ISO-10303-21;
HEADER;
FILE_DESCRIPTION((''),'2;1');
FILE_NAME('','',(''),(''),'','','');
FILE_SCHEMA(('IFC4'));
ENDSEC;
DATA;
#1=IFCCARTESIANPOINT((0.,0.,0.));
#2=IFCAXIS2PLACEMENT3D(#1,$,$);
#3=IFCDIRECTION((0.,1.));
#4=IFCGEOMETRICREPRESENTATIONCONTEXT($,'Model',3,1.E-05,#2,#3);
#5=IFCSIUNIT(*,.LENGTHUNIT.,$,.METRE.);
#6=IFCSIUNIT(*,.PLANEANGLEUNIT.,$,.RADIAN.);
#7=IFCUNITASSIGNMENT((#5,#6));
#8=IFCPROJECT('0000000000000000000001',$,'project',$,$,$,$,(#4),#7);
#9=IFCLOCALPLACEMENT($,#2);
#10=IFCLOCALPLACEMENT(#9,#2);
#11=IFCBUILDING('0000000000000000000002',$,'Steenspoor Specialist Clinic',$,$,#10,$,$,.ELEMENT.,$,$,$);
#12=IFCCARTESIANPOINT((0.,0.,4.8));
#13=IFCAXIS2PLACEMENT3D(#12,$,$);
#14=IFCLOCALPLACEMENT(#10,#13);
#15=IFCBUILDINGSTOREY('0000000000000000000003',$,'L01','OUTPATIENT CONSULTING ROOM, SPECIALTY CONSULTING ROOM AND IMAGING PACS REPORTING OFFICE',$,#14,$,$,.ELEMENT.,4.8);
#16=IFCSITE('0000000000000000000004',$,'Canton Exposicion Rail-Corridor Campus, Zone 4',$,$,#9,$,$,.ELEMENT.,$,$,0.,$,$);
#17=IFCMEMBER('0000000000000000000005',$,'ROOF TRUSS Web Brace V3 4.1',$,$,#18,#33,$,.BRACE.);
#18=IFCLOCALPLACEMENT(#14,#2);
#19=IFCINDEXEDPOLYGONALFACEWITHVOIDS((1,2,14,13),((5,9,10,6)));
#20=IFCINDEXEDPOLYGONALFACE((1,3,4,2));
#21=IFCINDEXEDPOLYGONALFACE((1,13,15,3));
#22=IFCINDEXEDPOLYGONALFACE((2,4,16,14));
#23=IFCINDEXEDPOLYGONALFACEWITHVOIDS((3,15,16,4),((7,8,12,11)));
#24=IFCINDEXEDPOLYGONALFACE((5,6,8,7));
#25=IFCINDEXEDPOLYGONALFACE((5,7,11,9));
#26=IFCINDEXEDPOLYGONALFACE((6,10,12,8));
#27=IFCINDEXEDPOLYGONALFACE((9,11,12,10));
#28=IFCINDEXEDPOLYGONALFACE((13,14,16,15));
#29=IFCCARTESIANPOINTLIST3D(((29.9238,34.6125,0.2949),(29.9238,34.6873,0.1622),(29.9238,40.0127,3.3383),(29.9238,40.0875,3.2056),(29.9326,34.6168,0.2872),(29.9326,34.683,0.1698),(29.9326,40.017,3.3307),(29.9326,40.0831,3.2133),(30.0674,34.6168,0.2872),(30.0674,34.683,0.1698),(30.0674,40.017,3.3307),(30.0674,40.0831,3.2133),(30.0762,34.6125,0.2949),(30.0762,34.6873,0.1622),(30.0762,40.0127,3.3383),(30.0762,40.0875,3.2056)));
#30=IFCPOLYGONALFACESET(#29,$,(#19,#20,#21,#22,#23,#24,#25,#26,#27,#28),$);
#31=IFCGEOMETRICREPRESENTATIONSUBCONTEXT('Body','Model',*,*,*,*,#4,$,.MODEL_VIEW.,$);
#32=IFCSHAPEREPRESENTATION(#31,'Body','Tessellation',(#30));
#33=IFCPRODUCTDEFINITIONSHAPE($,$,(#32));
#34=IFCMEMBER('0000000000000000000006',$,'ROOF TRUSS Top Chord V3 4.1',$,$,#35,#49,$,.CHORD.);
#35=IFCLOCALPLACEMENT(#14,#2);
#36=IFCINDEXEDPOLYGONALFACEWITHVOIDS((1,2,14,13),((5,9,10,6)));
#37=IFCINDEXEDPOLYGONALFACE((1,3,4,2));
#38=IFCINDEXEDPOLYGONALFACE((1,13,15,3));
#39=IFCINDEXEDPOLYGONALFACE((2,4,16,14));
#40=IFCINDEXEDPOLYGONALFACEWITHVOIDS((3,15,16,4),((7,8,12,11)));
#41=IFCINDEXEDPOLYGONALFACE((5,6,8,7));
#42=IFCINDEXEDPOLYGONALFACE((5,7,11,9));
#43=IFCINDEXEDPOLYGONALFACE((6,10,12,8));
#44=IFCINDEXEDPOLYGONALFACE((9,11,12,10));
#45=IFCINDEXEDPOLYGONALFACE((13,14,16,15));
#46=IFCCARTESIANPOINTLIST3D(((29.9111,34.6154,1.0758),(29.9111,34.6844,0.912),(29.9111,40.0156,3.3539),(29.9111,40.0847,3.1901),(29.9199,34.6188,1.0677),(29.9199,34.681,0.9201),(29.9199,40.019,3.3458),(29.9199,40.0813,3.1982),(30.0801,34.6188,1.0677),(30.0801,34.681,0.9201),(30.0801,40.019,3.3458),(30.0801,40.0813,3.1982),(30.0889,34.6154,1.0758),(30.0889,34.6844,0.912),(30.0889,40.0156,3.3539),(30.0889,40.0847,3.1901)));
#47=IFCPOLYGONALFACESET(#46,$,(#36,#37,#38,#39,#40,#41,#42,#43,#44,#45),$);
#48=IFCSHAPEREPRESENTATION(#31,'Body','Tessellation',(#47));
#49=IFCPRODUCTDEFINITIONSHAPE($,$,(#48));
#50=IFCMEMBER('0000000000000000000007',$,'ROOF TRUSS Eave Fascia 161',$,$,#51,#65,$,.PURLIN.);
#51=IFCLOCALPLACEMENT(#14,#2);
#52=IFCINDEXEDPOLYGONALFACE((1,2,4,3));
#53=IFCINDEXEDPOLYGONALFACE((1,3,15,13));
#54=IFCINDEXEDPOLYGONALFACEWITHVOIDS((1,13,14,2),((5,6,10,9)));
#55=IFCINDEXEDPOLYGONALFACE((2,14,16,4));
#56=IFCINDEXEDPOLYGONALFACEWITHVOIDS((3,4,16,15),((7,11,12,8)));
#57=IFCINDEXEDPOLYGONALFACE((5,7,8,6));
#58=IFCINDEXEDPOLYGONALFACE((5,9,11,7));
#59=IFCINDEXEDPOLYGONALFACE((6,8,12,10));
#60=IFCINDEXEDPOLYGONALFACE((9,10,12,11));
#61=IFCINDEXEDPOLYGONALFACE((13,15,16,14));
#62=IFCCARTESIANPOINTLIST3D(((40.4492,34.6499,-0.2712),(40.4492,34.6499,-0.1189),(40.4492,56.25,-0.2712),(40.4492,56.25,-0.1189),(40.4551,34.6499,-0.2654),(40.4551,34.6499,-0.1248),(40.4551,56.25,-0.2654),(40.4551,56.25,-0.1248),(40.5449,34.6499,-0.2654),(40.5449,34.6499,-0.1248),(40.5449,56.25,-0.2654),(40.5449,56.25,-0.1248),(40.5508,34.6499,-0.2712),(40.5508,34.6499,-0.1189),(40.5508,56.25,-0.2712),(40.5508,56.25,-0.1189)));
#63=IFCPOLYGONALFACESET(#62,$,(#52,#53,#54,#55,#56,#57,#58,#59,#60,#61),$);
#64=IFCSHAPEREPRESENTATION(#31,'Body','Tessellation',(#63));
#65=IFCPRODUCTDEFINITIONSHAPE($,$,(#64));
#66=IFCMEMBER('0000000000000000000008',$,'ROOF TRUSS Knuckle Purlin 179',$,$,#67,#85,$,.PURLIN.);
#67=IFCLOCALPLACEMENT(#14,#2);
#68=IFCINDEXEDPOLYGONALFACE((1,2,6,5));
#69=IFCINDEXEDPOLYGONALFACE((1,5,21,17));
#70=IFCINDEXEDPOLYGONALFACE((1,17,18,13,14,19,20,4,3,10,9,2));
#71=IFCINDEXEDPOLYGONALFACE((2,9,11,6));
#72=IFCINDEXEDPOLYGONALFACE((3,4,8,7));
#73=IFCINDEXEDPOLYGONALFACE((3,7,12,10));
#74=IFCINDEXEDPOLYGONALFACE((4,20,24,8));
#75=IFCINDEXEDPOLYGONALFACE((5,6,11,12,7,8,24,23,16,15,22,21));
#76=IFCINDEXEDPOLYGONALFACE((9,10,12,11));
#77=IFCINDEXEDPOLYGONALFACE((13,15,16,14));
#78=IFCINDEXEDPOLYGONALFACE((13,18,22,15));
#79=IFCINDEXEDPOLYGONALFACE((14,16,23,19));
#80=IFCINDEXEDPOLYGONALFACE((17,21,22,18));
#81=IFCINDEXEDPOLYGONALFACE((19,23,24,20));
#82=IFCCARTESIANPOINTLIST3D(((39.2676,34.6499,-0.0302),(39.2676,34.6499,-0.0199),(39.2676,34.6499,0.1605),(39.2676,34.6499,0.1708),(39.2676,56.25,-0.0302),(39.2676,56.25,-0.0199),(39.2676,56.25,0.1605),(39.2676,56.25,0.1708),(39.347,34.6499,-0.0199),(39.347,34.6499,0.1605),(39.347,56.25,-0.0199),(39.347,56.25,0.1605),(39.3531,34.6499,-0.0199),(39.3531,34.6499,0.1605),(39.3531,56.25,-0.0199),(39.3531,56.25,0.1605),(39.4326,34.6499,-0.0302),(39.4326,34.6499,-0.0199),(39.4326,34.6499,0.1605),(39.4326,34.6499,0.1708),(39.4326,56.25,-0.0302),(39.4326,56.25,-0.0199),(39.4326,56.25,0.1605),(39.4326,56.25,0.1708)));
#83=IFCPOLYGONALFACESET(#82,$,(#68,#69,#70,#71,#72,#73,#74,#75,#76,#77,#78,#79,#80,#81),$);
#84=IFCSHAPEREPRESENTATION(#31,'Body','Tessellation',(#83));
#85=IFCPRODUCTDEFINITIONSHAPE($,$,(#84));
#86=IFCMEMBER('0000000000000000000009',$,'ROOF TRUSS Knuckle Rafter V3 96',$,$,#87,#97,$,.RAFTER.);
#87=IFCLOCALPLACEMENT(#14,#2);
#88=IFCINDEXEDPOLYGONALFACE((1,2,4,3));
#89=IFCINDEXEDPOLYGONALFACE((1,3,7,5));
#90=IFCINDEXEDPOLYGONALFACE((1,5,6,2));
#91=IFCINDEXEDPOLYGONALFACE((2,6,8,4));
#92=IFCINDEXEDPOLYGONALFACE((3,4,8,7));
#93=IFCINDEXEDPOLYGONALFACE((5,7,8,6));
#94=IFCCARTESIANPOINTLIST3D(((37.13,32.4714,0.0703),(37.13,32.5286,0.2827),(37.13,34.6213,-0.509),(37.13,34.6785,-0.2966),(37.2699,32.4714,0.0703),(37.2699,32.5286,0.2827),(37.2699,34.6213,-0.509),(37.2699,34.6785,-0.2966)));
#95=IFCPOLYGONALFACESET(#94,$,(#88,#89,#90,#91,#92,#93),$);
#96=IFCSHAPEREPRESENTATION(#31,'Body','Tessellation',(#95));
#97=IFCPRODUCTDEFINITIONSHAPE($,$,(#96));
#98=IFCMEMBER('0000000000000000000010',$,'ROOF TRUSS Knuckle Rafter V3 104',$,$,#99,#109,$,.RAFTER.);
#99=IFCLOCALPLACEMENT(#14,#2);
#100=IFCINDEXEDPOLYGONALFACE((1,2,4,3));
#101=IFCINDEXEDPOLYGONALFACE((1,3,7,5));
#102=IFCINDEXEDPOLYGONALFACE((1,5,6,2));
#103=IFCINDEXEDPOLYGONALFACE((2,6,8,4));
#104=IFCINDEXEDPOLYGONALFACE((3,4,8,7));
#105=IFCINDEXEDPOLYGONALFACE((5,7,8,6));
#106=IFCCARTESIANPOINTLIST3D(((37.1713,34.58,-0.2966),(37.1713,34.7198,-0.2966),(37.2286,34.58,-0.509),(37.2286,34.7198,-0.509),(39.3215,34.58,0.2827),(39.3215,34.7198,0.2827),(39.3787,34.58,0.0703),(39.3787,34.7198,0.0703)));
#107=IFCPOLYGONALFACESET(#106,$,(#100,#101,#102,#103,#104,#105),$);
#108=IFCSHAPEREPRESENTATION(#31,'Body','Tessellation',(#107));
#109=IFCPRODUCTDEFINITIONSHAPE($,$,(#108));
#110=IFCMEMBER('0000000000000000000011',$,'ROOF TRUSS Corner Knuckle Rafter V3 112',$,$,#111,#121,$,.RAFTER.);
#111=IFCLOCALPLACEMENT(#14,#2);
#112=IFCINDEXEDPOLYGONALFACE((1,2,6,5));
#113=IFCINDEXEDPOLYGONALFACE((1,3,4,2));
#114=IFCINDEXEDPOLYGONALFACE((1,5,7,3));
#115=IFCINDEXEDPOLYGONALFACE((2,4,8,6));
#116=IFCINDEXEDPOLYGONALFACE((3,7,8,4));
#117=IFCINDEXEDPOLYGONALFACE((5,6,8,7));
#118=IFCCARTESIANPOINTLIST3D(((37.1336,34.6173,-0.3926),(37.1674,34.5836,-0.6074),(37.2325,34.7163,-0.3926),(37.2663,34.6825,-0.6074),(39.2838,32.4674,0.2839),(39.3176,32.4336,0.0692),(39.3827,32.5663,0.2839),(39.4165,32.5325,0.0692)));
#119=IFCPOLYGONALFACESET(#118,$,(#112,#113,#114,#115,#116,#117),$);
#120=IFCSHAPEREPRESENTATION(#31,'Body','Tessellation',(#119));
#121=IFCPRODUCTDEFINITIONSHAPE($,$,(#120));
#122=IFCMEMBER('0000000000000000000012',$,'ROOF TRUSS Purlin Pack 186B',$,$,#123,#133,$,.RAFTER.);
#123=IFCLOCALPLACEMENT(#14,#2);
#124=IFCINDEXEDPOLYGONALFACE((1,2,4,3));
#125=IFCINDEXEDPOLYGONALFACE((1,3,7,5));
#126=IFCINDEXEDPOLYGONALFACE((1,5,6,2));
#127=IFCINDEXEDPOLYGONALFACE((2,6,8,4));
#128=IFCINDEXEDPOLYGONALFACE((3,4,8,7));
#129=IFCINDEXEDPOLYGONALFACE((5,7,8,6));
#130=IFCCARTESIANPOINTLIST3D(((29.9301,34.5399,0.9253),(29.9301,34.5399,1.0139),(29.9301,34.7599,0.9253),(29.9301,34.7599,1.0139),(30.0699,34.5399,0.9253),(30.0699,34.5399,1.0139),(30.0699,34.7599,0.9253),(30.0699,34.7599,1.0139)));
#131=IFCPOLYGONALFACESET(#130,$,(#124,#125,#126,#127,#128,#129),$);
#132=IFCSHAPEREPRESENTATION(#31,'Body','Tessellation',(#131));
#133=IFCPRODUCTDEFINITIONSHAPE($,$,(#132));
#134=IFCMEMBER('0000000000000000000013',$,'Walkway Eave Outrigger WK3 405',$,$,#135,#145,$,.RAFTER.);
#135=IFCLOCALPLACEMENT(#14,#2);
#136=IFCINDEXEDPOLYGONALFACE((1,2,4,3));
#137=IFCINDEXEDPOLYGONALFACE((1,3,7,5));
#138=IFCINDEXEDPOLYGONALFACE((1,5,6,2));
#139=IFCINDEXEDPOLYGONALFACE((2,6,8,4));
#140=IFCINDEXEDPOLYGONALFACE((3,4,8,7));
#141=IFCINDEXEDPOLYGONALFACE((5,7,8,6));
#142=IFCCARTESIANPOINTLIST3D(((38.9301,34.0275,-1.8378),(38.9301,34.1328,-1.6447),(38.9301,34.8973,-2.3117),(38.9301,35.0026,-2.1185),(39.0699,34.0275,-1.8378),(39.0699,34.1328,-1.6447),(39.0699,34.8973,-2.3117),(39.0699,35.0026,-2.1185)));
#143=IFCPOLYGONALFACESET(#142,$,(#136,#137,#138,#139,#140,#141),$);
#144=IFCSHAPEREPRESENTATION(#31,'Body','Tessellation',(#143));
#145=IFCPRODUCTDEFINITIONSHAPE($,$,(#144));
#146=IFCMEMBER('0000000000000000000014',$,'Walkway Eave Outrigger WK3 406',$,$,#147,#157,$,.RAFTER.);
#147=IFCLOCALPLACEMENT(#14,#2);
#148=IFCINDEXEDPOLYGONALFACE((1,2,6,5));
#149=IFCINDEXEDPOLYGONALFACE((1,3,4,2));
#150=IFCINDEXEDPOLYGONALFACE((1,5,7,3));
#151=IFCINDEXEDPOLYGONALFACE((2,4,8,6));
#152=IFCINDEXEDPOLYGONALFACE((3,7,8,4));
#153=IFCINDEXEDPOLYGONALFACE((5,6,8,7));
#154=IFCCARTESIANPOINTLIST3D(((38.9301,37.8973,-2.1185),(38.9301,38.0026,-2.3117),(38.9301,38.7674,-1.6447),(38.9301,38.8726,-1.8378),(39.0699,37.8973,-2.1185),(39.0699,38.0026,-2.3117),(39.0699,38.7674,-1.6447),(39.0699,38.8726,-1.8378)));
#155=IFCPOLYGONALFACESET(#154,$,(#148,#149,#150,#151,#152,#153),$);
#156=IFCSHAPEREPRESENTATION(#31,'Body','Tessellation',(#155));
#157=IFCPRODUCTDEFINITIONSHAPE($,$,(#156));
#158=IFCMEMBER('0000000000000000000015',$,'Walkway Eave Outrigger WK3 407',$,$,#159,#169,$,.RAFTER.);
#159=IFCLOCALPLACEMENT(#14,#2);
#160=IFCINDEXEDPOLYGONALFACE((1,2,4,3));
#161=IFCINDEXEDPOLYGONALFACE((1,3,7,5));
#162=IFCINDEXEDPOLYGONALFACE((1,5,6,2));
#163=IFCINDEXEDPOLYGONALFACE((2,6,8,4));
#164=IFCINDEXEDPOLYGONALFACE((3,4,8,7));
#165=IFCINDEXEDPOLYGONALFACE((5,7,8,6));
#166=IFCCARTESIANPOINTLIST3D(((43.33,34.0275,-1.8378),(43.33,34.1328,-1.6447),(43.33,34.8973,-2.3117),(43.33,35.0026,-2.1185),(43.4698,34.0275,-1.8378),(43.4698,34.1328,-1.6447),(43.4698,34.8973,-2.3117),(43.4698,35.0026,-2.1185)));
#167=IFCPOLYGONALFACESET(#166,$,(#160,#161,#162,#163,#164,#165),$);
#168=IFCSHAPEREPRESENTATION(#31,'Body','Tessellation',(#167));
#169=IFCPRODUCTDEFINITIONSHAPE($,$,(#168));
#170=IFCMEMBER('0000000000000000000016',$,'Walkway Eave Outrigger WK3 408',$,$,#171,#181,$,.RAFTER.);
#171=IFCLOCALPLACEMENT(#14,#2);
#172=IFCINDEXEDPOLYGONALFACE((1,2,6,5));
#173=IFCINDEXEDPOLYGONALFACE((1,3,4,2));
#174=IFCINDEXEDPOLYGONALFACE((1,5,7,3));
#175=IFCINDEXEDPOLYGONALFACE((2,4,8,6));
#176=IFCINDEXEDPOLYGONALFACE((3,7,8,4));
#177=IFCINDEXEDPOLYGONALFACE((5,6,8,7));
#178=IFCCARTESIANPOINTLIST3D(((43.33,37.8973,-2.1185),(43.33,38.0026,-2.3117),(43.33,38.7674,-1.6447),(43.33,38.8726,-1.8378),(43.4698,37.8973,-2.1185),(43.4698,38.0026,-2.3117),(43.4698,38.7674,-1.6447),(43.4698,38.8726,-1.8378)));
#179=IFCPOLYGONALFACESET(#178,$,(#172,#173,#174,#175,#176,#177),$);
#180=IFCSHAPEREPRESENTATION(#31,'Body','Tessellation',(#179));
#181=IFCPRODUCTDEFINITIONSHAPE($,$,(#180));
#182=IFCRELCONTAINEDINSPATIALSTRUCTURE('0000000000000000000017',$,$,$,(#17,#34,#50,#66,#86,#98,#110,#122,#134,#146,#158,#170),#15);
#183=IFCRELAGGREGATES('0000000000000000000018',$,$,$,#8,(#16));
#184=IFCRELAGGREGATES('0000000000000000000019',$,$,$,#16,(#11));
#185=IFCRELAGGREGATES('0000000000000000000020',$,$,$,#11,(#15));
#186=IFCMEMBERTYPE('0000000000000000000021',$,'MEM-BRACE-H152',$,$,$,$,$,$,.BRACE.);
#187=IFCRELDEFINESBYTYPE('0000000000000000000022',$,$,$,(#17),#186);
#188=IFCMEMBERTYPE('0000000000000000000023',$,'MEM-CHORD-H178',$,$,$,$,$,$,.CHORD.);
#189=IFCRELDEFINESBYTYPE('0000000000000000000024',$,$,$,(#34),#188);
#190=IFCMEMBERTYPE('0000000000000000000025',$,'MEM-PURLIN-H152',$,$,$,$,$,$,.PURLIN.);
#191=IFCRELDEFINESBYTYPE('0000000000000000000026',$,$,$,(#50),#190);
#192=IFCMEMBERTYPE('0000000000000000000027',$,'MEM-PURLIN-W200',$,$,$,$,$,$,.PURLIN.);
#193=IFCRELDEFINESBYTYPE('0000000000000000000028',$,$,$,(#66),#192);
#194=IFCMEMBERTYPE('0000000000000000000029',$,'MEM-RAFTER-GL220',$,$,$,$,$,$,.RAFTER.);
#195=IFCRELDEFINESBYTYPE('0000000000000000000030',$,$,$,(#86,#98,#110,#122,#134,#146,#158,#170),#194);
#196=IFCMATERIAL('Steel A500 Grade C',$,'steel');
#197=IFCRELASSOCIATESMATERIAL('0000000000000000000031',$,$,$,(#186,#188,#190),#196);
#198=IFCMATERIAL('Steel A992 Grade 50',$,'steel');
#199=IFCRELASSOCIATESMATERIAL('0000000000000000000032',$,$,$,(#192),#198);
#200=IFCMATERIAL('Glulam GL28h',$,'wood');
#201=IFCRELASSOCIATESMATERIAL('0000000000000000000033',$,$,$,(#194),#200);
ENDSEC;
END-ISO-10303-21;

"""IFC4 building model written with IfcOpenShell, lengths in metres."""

from ifc_helpers import new_model, si_unit, direction, frame, origin, origin_2d, place, context, subcontext, project, spatial, rectangle, hollow_rectangle, i_section, extrude, material, material_profile, profile_set, type_object, element, save


model = new_model("IFC4")

# Units and contexts
model_context = context("Model", 3, precision=1e-05, world=origin(), true_north=direction((0.0, 1.0)))
body_context = subcontext(model_context, "Body", "Model", "MODEL_VIEW")
ifc_project = project(units=[si_unit("LENGTHUNIT", "METRE"), si_unit("PLANEANGLEUNIT", "RADIAN")], contexts=[model_context])

# Site, building, storey
site_placement = place(None, origin())
site = spatial("IfcSite", under=ifc_project, at=site_placement, Name="Canton Exposicion Rail-Corridor Campus, Zone 4", CompositionType="ELEMENT", RefElevation=0.0)
building_placement = place(site_placement, origin())
building = spatial("IfcBuilding", under=site, at=building_placement, Name="Steenspoor Specialist Clinic", CompositionType="ELEMENT")
storey_placement = place(building_placement, frame((0.0, 0.0, 4.8)))
storey = spatial("IfcBuildingStorey", under=building, at=storey_placement, Name="L01", Description="OUTPATIENT CONSULTING ROOM, SPECIALTY CONSULTING ROOM AND IMAGING PACS REPORTING OFFICE", CompositionType="ELEMENT", Elevation=4.8)

# Members
ifc_material_1 = material(Name="Steel A500 Grade C", Category="steel")
ifc_material_profile_1 = material_profile(ifc_material_1, hollow_rectangle(XDim=0.1523, YDim=0.1523, WallThickness=0.0088, at=origin_2d()), Name="HSS152X152X9.5")
ifc_profile_set_1 = profile_set([ifc_material_profile_1], Name="Steel A500 Grade C")
member_type_1 = type_object("IfcMemberType", Name="MEM-BRACE-H152", PredefinedType="BRACE", material=ifc_profile_set_1)
member_1_placement = place(storey_placement, frame((30.0, 34.6499, 0.2285), z_axis=(0.0, 0.87117, 0.490981), x_axis=(-1.0, 0.0, 0.0)))
element("IfcMember", 1, at=member_1_placement, inside=storey, type_object=member_type_1, Name="ROOF TRUSS Web Brace V3 4.1", PredefinedType="BRACE", context=body_context, shape_type="SweptSolid", body=[
    extrude(hollow_rectangle(XDim=0.1523, YDim=0.1523, WallThickness=0.0088, at=origin_2d()), origin(), (0.0, 0.0, 1.0), 6.1987),
])
ifc_material_profile_2 = material_profile(ifc_material_1, hollow_rectangle(XDim=0.1777, YDim=0.1777, WallThickness=0.0088, at=origin_2d()), Name="HSS178X178X9.5")
ifc_profile_set_2 = profile_set([ifc_material_profile_2], Name="Steel A500 Grade C")
member_type_2 = type_object("IfcMemberType", Name="MEM-CHORD-H178", PredefinedType="CHORD", material=ifc_profile_set_2)
member_2_placement = place(storey_placement, frame((30.0, 34.6499, 0.9939), z_axis=(0.0, 0.921371, 0.388684), x_axis=(-1.0, 0.0, 0.0)))
element("IfcMember", 2, at=member_2_placement, inside=storey, type_object=member_type_2, Name="ROOF TRUSS Top Chord V3 4.1", PredefinedType="CHORD", context=body_context, shape_type="SweptSolid", body=[
    extrude(hollow_rectangle(XDim=0.1777, YDim=0.1777, WallThickness=0.0088, at=origin_2d()), origin(), (0.0, 0.0, 1.0), 5.8611),
])
ifc_material_profile_3 = material_profile(ifc_material_1, hollow_rectangle(XDim=0.1016, YDim=0.1523, WallThickness=0.0059, at=origin_2d()), Name="HSS152X102X6.4")
ifc_profile_set_3 = profile_set([ifc_material_profile_3], Name="Steel A500 Grade C")
member_type_3 = type_object("IfcMemberType", Name="MEM-PURLIN-H152", PredefinedType="PURLIN", material=ifc_profile_set_3)
member_3_placement = place(storey_placement, frame((40.5, 34.6499, -0.1951), z_axis=(0.0, 1.0, 0.0), x_axis=(-1.0, 0.0, 0.0)))
element("IfcMember", 3, at=member_3_placement, inside=storey, type_object=member_type_3, Name="ROOF TRUSS Eave Fascia 161", PredefinedType="PURLIN", context=body_context, shape_type="SweptSolid", body=[
    extrude(hollow_rectangle(XDim=0.1016, YDim=0.1523, WallThickness=0.0059, at=origin_2d()), origin(), (0.0, 0.0, 1.0), 21.6001),
])
ifc_material_2 = material(Name="Steel A992 Grade 50", Category="steel")
ifc_material_profile_4 = material_profile(ifc_material_2, i_section(OverallWidth=0.165, OverallDepth=0.2009, WebThickness=0.0061, FlangeThickness=0.0103, at=origin_2d()), Name="W200X36")
ifc_profile_set_4 = profile_set([ifc_material_profile_4], Name="Steel A992 Grade 50")
member_type_4 = type_object("IfcMemberType", Name="MEM-PURLIN-W200", PredefinedType="PURLIN", material=ifc_profile_set_4)
member_4_placement = place(storey_placement, frame((39.3501, 34.6499, 0.0703), z_axis=(0.0, 1.0, 0.0), x_axis=(-1.0, 0.0, 0.0)))
element("IfcMember", 4, at=member_4_placement, inside=storey, type_object=member_type_4, Name="ROOF TRUSS Knuckle Purlin 179", PredefinedType="PURLIN", context=body_context, shape_type="SweptSolid", body=[
    extrude(i_section(OverallWidth=0.165, OverallDepth=0.2009, WebThickness=0.0061, FlangeThickness=0.0103, at=origin_2d()), origin(), (0.0, 0.0, 1.0), 21.6001),
])
ifc_material_3 = material(Name="Glulam GL28h", Category="wood")
ifc_material_profile_5 = material_profile(ifc_material_3, rectangle(XDim=0.1399, YDim=0.22, at=origin_2d()), Name="GL28H-140X220")
ifc_profile_set_5 = profile_set([ifc_material_profile_5], Name="Glulam GL28h")
member_type_5 = type_object("IfcMemberType", Name="MEM-RAFTER-GL220", PredefinedType="RAFTER", material=ifc_profile_set_5)
member_5_placement = place(storey_placement, frame((37.2, 34.6499, -0.4028), z_axis=(0.0, -0.965556, 0.260194), x_axis=(1.0, 0.0, 0.0)))
element("IfcMember", 5, at=member_5_placement, inside=storey, type_object=member_type_5, Name="ROOF TRUSS Knuckle Rafter V3 96", PredefinedType="RAFTER", context=body_context, shape_type="SweptSolid", body=[
    extrude(rectangle(XDim=0.1399, YDim=0.22, at=origin_2d()), origin(), (0.0, 0.0, 1.0), 2.2266),
])
member_6_placement = place(storey_placement, frame((37.2, 34.6499, -0.4028), z_axis=(0.965564, 0.0, 0.260166), x_axis=(0.0, 1.0, 0.0)))
element("IfcMember", 6, at=member_6_placement, inside=storey, type_object=member_type_5, Name="ROOF TRUSS Knuckle Rafter V3 104", PredefinedType="RAFTER", context=body_context, shape_type="SweptSolid", body=[
    extrude(rectangle(XDim=0.1399, YDim=0.22, at=origin_2d()), origin(), (0.0, 0.0, 1.0), 2.2268),
])
member_7_placement = place(storey_placement, frame((37.2, 34.6499, -0.5), z_axis=(0.690268, -0.69019, 0.217183), x_axis=(0.707067, 0.707147, 0.0)))
element("IfcMember", 7, at=member_7_placement, inside=storey, type_object=member_type_5, Name="ROOF TRUSS Corner Knuckle Rafter V3 112", PredefinedType="RAFTER", context=body_context, shape_type="SweptSolid", body=[
    extrude(rectangle(XDim=0.1399, YDim=0.22, at=origin_2d()), origin(), (0.0, 0.0, 1.0), 3.115),
])
member_8_placement = place(storey_placement, frame((30.0, 34.6499, 0.9253), z_axis=(0.0, 0.0, 1.0), x_axis=(1.0, 0.0, 0.0)))
element("IfcMember", 8, at=member_8_placement, inside=storey, type_object=member_type_5, Name="ROOF TRUSS Purlin Pack 186B", PredefinedType="RAFTER", context=body_context, shape_type="SweptSolid", body=[
    extrude(rectangle(XDim=0.1399, YDim=0.22, at=origin_2d()), origin(), (0.0, 0.0, 1.0), 0.0886),
])
member_9_placement = place(storey_placement, frame((39.0, 34.95, -2.2151), z_axis=(0.0, -0.87815, 0.478386), x_axis=(1.0, 0.0, 0.0)))
element("IfcMember", 9, at=member_9_placement, inside=storey, type_object=member_type_5, Name="Walkway Eave Outrigger WK3 405", PredefinedType="RAFTER", context=body_context, shape_type="SweptSolid", body=[
    extrude(rectangle(XDim=0.1399, YDim=0.22, at=origin_2d()), origin(), (0.0, 0.0, 1.0), 0.9905),
])
member_10_placement = place(storey_placement, frame((39.0, 37.95, -2.2151), z_axis=(0.0, 0.878206, 0.478282), x_axis=(-1.0, 0.0, 0.0)))
element("IfcMember", 10, at=member_10_placement, inside=storey, type_object=member_type_5, Name="Walkway Eave Outrigger WK3 406", PredefinedType="RAFTER", context=body_context, shape_type="SweptSolid", body=[
    extrude(rectangle(XDim=0.1399, YDim=0.22, at=origin_2d()), origin(), (0.0, 0.0, 1.0), 0.9907),
])
member_11_placement = place(storey_placement, frame((43.3999, 34.95, -2.2151), z_axis=(0.0, -0.87815, 0.478386), x_axis=(1.0, 0.0, 0.0)))
element("IfcMember", 11, at=member_11_placement, inside=storey, type_object=member_type_5, Name="Walkway Eave Outrigger WK3 407", PredefinedType="RAFTER", context=body_context, shape_type="SweptSolid", body=[
    extrude(rectangle(XDim=0.1399, YDim=0.22, at=origin_2d()), origin(), (0.0, 0.0, 1.0), 0.9905),
])
member_12_placement = place(storey_placement, frame((43.3999, 37.95, -2.2151), z_axis=(0.0, 0.878206, 0.478282), x_axis=(-1.0, 0.0, 0.0)))
element("IfcMember", 12, at=member_12_placement, inside=storey, type_object=member_type_5, Name="Walkway Eave Outrigger WK3 408", PredefinedType="RAFTER", context=body_context, shape_type="SweptSolid", body=[
    extrude(rectangle(XDim=0.1399, YDim=0.22, at=origin_2d()), origin(), (0.0, 0.0, 1.0), 0.9907),
])

save(model, "model.ifc")
